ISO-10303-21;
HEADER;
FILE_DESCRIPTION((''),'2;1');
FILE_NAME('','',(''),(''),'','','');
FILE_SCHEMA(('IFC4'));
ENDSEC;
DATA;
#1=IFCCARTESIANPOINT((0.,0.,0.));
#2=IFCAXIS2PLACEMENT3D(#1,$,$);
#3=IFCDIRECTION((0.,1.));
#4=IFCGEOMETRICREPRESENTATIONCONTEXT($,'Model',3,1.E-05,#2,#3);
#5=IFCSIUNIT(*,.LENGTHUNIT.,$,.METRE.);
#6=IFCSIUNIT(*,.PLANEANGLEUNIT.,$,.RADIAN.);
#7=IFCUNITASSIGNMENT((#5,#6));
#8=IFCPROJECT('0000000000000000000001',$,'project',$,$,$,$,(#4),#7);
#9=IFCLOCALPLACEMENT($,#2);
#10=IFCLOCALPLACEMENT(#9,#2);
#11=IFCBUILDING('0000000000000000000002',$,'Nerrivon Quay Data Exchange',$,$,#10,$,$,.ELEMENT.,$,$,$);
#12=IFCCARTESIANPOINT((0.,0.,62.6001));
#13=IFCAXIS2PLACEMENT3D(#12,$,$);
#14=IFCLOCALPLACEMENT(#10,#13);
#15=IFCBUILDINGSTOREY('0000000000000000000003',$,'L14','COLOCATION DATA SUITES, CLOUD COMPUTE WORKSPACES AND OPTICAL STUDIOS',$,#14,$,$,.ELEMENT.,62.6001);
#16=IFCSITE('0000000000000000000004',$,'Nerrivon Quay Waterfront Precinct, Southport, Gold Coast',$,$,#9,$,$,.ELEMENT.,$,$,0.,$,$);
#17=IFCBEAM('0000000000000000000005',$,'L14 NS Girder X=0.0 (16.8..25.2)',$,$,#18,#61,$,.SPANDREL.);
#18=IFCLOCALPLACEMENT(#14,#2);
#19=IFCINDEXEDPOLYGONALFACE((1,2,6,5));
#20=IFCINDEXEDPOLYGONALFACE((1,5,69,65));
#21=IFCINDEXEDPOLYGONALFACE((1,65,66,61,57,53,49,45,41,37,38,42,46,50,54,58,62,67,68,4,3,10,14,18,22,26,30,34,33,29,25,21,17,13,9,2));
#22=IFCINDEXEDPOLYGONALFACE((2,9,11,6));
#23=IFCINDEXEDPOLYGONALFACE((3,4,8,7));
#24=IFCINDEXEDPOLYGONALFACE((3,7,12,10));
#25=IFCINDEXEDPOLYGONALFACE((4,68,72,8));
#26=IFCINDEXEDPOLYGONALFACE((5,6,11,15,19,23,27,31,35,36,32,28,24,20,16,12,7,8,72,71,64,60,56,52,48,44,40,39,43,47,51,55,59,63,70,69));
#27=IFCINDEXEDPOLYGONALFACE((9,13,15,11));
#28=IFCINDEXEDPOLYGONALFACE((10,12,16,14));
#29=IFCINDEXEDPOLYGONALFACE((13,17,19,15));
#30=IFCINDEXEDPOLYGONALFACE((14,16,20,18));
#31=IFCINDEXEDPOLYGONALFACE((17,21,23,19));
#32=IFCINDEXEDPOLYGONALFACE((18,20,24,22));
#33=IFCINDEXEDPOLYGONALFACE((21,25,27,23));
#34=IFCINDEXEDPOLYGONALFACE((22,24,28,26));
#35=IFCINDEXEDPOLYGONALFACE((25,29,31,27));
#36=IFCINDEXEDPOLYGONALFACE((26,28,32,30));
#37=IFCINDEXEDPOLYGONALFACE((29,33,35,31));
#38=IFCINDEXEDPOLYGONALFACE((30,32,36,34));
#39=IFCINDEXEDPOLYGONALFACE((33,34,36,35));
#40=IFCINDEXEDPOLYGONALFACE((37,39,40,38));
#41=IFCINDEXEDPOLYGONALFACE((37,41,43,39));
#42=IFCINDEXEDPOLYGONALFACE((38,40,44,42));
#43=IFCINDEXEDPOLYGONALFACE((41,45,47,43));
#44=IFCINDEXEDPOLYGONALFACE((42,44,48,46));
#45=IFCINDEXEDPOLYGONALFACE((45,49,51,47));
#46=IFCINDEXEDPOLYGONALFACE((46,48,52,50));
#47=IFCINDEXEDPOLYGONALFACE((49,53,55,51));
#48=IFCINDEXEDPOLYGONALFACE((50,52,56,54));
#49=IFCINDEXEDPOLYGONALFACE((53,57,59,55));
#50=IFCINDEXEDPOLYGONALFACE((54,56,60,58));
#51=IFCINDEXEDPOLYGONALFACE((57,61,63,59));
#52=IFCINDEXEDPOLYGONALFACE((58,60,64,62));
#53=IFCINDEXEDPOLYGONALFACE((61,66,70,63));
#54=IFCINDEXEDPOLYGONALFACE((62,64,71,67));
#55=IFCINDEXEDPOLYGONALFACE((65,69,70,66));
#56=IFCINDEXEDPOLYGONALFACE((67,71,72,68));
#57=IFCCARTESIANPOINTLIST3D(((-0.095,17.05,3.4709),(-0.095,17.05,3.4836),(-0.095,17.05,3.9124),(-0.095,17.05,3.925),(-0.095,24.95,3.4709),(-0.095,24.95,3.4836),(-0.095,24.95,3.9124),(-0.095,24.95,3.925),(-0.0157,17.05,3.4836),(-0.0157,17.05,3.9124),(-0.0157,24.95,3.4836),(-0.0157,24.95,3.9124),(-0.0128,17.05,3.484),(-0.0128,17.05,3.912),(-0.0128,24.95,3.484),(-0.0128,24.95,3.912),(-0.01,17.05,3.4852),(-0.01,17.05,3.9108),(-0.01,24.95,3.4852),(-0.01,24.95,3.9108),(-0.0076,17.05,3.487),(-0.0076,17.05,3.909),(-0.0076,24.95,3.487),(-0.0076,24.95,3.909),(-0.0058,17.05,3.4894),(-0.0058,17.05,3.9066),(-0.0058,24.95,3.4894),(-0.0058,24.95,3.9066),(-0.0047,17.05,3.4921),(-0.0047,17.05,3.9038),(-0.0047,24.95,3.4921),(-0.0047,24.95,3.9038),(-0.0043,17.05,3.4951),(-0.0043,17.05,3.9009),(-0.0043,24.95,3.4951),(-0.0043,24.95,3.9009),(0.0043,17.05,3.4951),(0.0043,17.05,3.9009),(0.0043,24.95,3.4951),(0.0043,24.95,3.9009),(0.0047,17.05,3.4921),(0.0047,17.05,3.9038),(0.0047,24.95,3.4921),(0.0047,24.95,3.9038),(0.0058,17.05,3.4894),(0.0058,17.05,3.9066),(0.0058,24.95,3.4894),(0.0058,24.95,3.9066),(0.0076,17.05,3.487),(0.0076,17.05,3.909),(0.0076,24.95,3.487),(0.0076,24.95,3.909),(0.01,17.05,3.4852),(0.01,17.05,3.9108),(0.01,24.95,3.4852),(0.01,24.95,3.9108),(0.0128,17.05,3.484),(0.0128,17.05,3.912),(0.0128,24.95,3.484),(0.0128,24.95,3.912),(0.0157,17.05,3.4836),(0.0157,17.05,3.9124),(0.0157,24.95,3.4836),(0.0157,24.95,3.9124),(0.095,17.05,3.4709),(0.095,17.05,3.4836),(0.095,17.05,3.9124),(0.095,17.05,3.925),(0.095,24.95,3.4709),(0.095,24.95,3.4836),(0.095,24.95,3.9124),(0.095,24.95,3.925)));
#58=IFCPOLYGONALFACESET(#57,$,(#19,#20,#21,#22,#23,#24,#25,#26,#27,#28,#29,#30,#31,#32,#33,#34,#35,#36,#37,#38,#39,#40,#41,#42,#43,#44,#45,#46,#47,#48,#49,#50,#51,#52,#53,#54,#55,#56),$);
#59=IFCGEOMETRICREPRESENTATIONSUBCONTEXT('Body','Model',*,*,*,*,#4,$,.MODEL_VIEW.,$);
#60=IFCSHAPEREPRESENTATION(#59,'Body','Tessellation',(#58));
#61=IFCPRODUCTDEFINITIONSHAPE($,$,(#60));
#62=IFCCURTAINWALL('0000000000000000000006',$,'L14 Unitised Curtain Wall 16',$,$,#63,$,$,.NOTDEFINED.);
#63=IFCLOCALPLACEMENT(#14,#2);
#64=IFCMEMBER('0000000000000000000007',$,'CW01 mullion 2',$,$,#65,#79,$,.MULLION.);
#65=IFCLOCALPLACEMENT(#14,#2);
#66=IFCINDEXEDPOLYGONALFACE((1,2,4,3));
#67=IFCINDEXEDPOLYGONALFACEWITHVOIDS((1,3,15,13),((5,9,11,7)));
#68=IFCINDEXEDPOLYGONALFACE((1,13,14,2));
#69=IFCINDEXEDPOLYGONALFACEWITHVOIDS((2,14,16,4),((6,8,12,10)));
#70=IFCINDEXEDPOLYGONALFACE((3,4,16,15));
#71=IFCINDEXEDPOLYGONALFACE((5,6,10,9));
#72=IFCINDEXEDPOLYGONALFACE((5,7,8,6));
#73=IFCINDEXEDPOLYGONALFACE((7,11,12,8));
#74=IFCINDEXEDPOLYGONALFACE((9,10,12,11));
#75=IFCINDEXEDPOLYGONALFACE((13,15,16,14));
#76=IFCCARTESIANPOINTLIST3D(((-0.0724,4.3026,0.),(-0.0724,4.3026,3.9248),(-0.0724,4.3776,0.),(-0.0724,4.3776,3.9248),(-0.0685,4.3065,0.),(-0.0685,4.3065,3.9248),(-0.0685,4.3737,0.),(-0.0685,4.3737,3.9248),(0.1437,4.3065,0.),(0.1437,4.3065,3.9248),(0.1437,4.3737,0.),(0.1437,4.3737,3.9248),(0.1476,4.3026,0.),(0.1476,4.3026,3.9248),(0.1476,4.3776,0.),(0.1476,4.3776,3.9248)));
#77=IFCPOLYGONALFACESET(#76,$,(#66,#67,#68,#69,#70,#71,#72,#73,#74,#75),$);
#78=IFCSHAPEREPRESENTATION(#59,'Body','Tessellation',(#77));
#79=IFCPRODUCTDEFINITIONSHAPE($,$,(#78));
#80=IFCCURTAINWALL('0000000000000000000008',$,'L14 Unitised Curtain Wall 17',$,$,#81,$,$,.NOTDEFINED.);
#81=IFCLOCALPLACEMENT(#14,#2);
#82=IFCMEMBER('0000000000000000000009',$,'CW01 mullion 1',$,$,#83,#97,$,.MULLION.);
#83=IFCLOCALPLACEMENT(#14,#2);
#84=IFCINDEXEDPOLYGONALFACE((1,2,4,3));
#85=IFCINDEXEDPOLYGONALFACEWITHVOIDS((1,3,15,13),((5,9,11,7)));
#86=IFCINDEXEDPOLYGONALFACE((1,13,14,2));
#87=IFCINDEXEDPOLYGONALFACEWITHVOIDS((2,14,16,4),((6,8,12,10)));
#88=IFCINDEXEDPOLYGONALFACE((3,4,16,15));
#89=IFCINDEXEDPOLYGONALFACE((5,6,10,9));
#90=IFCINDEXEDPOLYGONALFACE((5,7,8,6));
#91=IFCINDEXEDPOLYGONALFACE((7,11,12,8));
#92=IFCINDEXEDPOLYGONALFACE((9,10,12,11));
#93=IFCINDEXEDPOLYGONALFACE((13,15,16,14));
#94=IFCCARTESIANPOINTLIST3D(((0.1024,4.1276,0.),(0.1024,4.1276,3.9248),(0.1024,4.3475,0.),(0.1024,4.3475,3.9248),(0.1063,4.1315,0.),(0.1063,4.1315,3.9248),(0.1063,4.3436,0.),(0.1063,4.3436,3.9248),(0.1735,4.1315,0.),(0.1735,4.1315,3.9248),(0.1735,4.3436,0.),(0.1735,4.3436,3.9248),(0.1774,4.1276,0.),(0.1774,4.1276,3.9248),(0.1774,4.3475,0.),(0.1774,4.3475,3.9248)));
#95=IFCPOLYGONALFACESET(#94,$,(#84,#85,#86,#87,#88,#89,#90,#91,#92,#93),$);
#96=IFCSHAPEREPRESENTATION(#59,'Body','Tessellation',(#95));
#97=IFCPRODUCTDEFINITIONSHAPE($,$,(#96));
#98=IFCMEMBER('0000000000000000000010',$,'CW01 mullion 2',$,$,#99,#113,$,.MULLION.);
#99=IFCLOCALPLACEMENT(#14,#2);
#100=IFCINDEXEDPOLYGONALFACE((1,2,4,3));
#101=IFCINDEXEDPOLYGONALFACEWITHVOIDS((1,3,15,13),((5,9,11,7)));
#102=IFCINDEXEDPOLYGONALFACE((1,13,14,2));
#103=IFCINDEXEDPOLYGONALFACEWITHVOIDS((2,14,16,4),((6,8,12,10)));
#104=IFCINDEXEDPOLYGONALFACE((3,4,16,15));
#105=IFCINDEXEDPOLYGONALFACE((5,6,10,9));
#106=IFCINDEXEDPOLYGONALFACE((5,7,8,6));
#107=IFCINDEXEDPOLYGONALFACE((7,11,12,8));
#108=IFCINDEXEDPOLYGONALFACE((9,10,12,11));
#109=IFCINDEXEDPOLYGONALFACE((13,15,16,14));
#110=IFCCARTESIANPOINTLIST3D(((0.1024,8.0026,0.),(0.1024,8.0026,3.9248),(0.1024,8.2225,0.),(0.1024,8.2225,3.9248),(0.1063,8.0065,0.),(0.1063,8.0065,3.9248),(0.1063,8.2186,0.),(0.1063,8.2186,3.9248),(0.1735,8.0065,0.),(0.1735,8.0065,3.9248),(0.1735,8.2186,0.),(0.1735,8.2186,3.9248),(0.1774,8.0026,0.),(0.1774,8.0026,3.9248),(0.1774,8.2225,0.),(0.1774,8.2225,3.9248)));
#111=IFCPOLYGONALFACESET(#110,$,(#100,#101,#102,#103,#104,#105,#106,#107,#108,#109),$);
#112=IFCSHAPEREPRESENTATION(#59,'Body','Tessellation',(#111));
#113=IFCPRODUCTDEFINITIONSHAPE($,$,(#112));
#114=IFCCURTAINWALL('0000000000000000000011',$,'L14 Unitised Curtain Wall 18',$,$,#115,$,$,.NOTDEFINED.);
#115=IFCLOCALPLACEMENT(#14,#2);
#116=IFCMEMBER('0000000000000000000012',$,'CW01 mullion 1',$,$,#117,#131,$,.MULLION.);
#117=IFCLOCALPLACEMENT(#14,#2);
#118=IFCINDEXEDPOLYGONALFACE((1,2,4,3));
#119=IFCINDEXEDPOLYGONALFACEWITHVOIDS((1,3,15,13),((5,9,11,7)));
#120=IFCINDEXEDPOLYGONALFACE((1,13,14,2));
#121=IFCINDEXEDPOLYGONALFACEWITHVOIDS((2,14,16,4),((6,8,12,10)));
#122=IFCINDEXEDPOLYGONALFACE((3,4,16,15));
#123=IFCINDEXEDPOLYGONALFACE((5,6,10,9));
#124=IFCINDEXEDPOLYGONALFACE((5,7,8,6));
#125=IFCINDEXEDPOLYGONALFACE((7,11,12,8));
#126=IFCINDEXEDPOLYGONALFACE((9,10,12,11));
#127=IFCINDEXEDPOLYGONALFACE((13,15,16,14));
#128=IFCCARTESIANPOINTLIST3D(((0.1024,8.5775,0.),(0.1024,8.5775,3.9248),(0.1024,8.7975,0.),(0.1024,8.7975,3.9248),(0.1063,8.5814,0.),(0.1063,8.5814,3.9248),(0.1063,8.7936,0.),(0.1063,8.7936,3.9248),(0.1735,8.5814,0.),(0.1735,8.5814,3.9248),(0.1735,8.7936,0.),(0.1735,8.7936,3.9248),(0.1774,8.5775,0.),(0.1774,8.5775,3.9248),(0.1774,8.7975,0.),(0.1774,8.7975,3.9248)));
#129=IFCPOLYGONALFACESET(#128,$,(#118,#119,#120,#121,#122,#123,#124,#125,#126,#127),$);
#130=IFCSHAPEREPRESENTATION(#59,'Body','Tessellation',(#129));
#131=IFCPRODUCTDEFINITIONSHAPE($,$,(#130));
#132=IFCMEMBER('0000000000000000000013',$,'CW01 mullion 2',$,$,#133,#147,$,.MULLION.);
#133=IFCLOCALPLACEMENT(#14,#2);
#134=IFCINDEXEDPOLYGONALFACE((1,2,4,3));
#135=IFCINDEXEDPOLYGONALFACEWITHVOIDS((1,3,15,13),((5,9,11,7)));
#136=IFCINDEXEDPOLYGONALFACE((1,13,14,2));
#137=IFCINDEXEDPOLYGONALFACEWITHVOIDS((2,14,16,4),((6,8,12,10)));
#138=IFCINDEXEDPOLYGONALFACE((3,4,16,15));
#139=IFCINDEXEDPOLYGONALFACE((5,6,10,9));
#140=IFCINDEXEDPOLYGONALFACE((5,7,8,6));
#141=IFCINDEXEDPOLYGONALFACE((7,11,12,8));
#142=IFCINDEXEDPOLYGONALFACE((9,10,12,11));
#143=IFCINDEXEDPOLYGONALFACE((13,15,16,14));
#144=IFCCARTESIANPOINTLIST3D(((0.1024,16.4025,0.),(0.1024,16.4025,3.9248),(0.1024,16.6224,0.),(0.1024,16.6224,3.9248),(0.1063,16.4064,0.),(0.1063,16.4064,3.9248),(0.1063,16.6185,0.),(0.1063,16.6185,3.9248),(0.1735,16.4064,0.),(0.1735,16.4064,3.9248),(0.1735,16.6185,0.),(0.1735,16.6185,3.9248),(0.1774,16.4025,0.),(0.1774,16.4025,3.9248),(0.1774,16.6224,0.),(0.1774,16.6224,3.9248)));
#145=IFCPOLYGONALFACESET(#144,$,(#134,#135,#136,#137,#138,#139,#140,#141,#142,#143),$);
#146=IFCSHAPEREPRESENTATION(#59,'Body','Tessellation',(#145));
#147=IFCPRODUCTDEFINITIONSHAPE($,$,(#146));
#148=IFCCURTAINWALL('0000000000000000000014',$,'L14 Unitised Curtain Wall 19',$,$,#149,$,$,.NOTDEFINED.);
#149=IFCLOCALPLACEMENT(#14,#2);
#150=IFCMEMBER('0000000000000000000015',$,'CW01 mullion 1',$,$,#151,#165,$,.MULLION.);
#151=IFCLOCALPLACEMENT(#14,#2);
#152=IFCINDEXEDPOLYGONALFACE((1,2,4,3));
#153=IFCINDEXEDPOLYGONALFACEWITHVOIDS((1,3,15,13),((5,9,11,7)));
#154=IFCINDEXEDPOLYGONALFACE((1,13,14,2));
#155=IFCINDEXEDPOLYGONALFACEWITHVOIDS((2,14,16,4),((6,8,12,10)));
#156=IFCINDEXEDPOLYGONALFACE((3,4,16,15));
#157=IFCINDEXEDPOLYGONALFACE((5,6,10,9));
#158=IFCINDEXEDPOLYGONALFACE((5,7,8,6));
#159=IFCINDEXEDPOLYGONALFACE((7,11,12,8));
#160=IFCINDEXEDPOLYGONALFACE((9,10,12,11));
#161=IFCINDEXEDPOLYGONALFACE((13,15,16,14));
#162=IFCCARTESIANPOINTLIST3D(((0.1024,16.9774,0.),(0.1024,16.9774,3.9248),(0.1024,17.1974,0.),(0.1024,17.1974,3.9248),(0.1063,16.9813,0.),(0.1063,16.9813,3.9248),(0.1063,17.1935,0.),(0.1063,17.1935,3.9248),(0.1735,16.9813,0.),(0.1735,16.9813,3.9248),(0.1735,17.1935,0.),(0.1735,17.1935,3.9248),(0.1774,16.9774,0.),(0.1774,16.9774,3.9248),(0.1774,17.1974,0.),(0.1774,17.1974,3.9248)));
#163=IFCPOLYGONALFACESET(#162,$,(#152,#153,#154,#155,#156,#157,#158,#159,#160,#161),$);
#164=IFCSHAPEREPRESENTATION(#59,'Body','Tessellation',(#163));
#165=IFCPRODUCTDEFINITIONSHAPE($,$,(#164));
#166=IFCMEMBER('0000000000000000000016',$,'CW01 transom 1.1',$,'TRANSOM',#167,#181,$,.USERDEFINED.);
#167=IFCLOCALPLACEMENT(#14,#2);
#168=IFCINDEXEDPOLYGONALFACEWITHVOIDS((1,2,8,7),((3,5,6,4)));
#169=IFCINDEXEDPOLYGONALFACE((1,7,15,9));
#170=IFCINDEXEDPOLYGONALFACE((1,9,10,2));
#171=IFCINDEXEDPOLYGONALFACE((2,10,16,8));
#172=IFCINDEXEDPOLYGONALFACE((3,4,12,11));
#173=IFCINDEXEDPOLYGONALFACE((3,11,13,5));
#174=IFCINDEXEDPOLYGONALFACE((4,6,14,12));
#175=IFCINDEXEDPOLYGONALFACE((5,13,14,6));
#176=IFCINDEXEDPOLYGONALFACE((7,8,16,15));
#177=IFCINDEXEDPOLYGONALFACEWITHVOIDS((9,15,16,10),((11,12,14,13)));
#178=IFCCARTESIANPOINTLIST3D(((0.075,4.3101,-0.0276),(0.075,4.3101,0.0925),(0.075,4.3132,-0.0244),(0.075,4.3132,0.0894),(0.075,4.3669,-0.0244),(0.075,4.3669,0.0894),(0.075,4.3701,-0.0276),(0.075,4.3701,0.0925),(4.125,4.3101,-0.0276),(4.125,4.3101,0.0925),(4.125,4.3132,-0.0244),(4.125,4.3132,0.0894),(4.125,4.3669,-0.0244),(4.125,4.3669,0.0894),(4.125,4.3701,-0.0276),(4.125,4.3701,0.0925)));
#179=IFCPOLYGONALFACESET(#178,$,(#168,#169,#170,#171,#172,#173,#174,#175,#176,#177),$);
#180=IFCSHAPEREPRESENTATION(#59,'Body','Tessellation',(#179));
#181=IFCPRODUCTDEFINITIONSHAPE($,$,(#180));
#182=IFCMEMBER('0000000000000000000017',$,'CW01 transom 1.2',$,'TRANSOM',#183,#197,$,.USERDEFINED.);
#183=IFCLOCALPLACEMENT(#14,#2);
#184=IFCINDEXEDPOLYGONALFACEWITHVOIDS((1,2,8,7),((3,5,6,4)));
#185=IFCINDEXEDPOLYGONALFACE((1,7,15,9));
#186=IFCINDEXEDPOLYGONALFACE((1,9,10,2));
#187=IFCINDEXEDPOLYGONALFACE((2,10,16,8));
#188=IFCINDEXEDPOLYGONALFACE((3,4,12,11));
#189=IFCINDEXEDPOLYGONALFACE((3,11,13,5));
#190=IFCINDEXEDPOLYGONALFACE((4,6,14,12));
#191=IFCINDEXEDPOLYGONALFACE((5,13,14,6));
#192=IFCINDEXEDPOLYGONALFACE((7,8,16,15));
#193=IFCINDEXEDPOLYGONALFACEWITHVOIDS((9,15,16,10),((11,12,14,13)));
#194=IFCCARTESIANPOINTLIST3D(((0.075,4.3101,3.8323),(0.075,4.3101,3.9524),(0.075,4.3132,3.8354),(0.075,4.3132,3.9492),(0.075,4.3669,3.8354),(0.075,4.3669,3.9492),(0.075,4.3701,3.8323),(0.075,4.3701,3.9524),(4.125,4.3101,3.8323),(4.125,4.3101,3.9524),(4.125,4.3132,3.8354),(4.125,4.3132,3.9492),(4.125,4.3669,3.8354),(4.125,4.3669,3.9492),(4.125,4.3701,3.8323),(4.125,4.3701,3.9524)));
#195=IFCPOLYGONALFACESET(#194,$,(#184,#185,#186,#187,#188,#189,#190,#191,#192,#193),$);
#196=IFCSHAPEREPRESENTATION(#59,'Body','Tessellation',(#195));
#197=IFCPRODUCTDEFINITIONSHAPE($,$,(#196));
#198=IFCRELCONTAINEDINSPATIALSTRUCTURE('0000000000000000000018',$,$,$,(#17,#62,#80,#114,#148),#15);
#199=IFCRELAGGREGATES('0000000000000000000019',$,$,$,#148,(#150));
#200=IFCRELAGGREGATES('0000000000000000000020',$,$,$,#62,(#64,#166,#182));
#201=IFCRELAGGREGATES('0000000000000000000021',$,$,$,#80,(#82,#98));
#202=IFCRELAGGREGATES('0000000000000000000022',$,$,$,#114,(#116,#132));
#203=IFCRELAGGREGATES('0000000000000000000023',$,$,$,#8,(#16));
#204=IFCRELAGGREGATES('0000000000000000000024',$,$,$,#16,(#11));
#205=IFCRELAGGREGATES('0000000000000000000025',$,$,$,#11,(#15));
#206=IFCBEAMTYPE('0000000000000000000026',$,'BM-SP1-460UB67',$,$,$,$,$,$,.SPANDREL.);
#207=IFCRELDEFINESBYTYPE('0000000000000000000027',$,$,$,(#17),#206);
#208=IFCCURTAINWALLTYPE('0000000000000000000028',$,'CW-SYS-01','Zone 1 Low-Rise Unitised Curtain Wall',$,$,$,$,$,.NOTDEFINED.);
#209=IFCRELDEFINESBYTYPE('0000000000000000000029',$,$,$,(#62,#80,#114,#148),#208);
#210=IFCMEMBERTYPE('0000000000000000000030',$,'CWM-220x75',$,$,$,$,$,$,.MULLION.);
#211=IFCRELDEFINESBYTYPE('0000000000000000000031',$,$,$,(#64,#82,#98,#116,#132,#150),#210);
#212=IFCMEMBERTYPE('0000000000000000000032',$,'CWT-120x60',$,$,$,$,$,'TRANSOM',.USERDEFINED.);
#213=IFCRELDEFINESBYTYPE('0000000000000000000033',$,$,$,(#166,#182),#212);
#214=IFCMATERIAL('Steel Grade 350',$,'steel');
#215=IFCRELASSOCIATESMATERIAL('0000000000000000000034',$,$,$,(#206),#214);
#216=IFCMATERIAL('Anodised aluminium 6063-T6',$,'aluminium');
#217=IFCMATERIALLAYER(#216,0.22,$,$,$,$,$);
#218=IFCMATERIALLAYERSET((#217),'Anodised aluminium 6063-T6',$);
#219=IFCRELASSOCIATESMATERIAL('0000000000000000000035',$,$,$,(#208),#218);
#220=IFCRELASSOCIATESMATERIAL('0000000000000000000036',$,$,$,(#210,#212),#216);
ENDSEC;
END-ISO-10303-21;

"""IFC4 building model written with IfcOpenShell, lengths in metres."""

from ifc_helpers import new_model, si_unit, direction, frame, origin, origin_2d, place, context, subcontext, project, spatial, hollow_rectangle, i_section, extrude, material, layer, layer_set, material_profile, profile_set, type_object, element, aggregate, save


model = new_model("IFC4")

# Units and contexts
model_context = context("Model", 3, precision=1e-05, world=origin(), true_north=direction((0.0, 1.0)))
body_context = subcontext(model_context, "Body", "Model", "MODEL_VIEW")
ifc_project = project(units=[si_unit("LENGTHUNIT", "METRE"), si_unit("PLANEANGLEUNIT", "RADIAN")], contexts=[model_context])

# Site, building, storey
site_placement = place(None, origin())
site = spatial("IfcSite", under=ifc_project, at=site_placement, Name="Nerrivon Quay Waterfront Precinct, Southport, Gold Coast", CompositionType="ELEMENT", RefElevation=0.0)
building_placement = place(site_placement, origin())
building = spatial("IfcBuilding", under=site, at=building_placement, Name="Nerrivon Quay Data Exchange", CompositionType="ELEMENT")
storey_placement = place(building_placement, frame((0.0, 0.0, 62.6001)))
storey = spatial("IfcBuildingStorey", under=building, at=storey_placement, Name="L14", Description="COLOCATION DATA SUITES, CLOUD COMPUTE WORKSPACES AND OPTICAL STUDIOS", CompositionType="ELEMENT", Elevation=62.6001)

# Shared definitions
ifc_material_1 = material(Name="Steel Grade 350", Category="steel")

# Beam
ifc_material_profile_1 = material_profile(ifc_material_1, i_section(OverallWidth=0.1899, OverallDepth=0.4541, WebThickness=0.0085, FlangeThickness=0.0127, FilletRadius=0.0115, at=origin_2d()), Name="460UB67.1")
ifc_profile_set_1 = profile_set([ifc_material_profile_1], Name="Steel Grade 350")
beam_type_1 = type_object("IfcBeamType", Name="BM-SP1-460UB67", PredefinedType="SPANDREL", material=ifc_profile_set_1)
beam_1_placement = place(storey_placement, frame((0.0, 17.05, 3.698), z_axis=(0.0, 1.0, 0.0), x_axis=(-1.0, 0.0, 0.0)))
element("IfcBeam", 1, at=beam_1_placement, inside=storey, type_object=beam_type_1, Name="L14 NS Girder X=0.0 (16.8..25.2)", PredefinedType="SPANDREL", context=body_context, shape_type="SweptSolid", body=[
    extrude(i_section(OverallWidth=0.1899, OverallDepth=0.4541, WebThickness=0.0085, FlangeThickness=0.0127, FilletRadius=0.0115, at=origin_2d()), origin(), (0.0, 0.0, 1.0), 7.8999),
])

# Curtain wall, member
ifc_material_2 = material(Name="Anodised aluminium 6063-T6", Category="aluminium")
ifc_layer_1 = layer(ifc_material_2, 0.22)
ifc_layer_set_1 = layer_set([ifc_layer_1], Name="Anodised aluminium 6063-T6")
curtain_wall_type = type_object("IfcCurtainWallType", Name="CW-SYS-01", Description="Zone 1 Low-Rise Unitised Curtain Wall", PredefinedType="NOTDEFINED", material=ifc_layer_set_1)
curtain_wall_1_placement = place(storey_placement, origin())
curtain_wall_1 = element("IfcCurtainWall", 2, at=curtain_wall_1_placement, inside=storey, type_object=curtain_wall_type, Name="L14 Unitised Curtain Wall 16", PredefinedType="NOTDEFINED")
ifc_material_profile_2 = material_profile(ifc_material_2, hollow_rectangle(XDim=0.075, YDim=0.22, WallThickness=0.0039, at=origin_2d()), Name="ALU-MULL-220x75")
ifc_profile_set_2 = profile_set([ifc_material_profile_2], Name="Anodised aluminium 6063-T6")
member_type_1 = type_object("IfcMemberType", Name="CWM-220x75", PredefinedType="MULLION", material=ifc_profile_set_2)
member_1_placement = place(storey_placement, frame((0.0376, 4.3401, 0.0), z_axis=(0.0, 0.0, 1.0), x_axis=(0.0, -1.0, 0.0)))
member_1 = element("IfcMember", 3, at=member_1_placement, type_object=member_type_1, Name="CW01 mullion 2", PredefinedType="MULLION", context=body_context, shape_type="SweptSolid", body=[
    extrude(hollow_rectangle(XDim=0.075, YDim=0.22, WallThickness=0.0039, at=origin_2d()), origin(), (0.0, 0.0, 1.0), 3.9248),
])

# Curtain walls, members
curtain_wall_2_placement = place(storey_placement, origin())
curtain_wall_2 = element("IfcCurtainWall", 4, at=curtain_wall_2_placement, inside=storey, type_object=curtain_wall_type, Name="L14 Unitised Curtain Wall 17", PredefinedType="NOTDEFINED")
member_2_placement = place(storey_placement, frame((0.1399, 4.2375, 0.0), z_axis=(0.0, 0.0, 1.0), x_axis=(-1.0, 0.0, 0.0)))
member_2 = element("IfcMember", 5, at=member_2_placement, type_object=member_type_1, Name="CW01 mullion 1", PredefinedType="MULLION", context=body_context, shape_type="SweptSolid", body=[
    extrude(hollow_rectangle(XDim=0.075, YDim=0.22, WallThickness=0.0039, at=origin_2d()), origin(), (0.0, 0.0, 1.0), 3.9248),
])
member_3_placement = place(storey_placement, frame((0.1399, 8.1125, 0.0), z_axis=(0.0, 0.0, 1.0), x_axis=(-1.0, 0.0, 0.0)))
member_3 = element("IfcMember", 6, at=member_3_placement, type_object=member_type_1, Name="CW01 mullion 2", PredefinedType="MULLION", context=body_context, shape_type="SweptSolid", body=[
    extrude(hollow_rectangle(XDim=0.075, YDim=0.22, WallThickness=0.0039, at=origin_2d()), origin(), (0.0, 0.0, 1.0), 3.9248),
])
curtain_wall_3_placement = place(storey_placement, origin())
curtain_wall_3 = element("IfcCurtainWall", 7, at=curtain_wall_3_placement, inside=storey, type_object=curtain_wall_type, Name="L14 Unitised Curtain Wall 18", PredefinedType="NOTDEFINED")
member_4_placement = place(storey_placement, frame((0.1399, 8.6875, 0.0), z_axis=(0.0, 0.0, 1.0), x_axis=(-1.0, 0.0, 0.0)))
member_4 = element("IfcMember", 8, at=member_4_placement, type_object=member_type_1, Name="CW01 mullion 1", PredefinedType="MULLION", context=body_context, shape_type="SweptSolid", body=[
    extrude(hollow_rectangle(XDim=0.075, YDim=0.22, WallThickness=0.0039, at=origin_2d()), origin(), (0.0, 0.0, 1.0), 3.9248),
])
member_5_placement = place(storey_placement, frame((0.1399, 16.5125, 0.0), z_axis=(0.0, 0.0, 1.0), x_axis=(-1.0, 0.0, 0.0)))
member_5 = element("IfcMember", 9, at=member_5_placement, type_object=member_type_1, Name="CW01 mullion 2", PredefinedType="MULLION", context=body_context, shape_type="SweptSolid", body=[
    extrude(hollow_rectangle(XDim=0.075, YDim=0.22, WallThickness=0.0039, at=origin_2d()), origin(), (0.0, 0.0, 1.0), 3.9248),
])

# Curtain wall, member
curtain_wall_4_placement = place(storey_placement, origin())
curtain_wall_4 = element("IfcCurtainWall", 10, at=curtain_wall_4_placement, inside=storey, type_object=curtain_wall_type, Name="L14 Unitised Curtain Wall 19", PredefinedType="NOTDEFINED")
member_6_placement = place(storey_placement, frame((0.1399, 17.0874, 0.0), z_axis=(0.0, 0.0, 1.0), x_axis=(-1.0, 0.0, 0.0)))
member_6 = element("IfcMember", 11, at=member_6_placement, type_object=member_type_1, Name="CW01 mullion 1", PredefinedType="MULLION", context=body_context, shape_type="SweptSolid", body=[
    extrude(hollow_rectangle(XDim=0.075, YDim=0.22, WallThickness=0.0039, at=origin_2d()), origin(), (0.0, 0.0, 1.0), 3.9248),
])

# Members
ifc_material_profile_3 = material_profile(ifc_material_2, hollow_rectangle(XDim=0.0601, YDim=0.1201, WallThickness=0.0032, at=origin_2d()), Name="ALU-TRAN-120x60")
ifc_profile_set_3 = profile_set([ifc_material_profile_3], Name="Anodised aluminium 6063-T6")
member_type_2 = type_object("IfcMemberType", Name="CWT-120x60", ElementType="TRANSOM", PredefinedType="USERDEFINED", material=ifc_profile_set_3)
member_7_placement = place(storey_placement, frame((4.125, 4.3401, 0.0325), z_axis=(-1.0, 0.0, 0.0), x_axis=(0.0, -1.0, 0.0)))
member_7 = element("IfcMember", 12, at=member_7_placement, type_object=member_type_2, Name="CW01 transom 1.1", ObjectType="TRANSOM", PredefinedType="USERDEFINED", context=body_context, shape_type="SweptSolid", body=[
    extrude(hollow_rectangle(XDim=0.0601, YDim=0.1201, WallThickness=0.0032, at=origin_2d()), origin(), (0.0, 0.0, 1.0), 4.05),
])
member_8_placement = place(storey_placement, frame((4.125, 4.3401, 3.8923), z_axis=(-1.0, 0.0, 0.0), x_axis=(0.0, -1.0, 0.0)))
member_8 = element("IfcMember", 13, at=member_8_placement, type_object=member_type_2, Name="CW01 transom 1.2", ObjectType="TRANSOM", PredefinedType="USERDEFINED", context=body_context, shape_type="SweptSolid", body=[
    extrude(hollow_rectangle(XDim=0.0601, YDim=0.1201, WallThickness=0.0032, at=origin_2d()), origin(), (0.0, 0.0, 1.0), 4.05),
])
aggregate(curtain_wall_4, [member_6])

aggregate(curtain_wall_1, [member_1, member_7, member_8])
aggregate(curtain_wall_2, [member_2, member_3])
aggregate(curtain_wall_3, [member_4, member_5])

save(model, "model.ifc")
